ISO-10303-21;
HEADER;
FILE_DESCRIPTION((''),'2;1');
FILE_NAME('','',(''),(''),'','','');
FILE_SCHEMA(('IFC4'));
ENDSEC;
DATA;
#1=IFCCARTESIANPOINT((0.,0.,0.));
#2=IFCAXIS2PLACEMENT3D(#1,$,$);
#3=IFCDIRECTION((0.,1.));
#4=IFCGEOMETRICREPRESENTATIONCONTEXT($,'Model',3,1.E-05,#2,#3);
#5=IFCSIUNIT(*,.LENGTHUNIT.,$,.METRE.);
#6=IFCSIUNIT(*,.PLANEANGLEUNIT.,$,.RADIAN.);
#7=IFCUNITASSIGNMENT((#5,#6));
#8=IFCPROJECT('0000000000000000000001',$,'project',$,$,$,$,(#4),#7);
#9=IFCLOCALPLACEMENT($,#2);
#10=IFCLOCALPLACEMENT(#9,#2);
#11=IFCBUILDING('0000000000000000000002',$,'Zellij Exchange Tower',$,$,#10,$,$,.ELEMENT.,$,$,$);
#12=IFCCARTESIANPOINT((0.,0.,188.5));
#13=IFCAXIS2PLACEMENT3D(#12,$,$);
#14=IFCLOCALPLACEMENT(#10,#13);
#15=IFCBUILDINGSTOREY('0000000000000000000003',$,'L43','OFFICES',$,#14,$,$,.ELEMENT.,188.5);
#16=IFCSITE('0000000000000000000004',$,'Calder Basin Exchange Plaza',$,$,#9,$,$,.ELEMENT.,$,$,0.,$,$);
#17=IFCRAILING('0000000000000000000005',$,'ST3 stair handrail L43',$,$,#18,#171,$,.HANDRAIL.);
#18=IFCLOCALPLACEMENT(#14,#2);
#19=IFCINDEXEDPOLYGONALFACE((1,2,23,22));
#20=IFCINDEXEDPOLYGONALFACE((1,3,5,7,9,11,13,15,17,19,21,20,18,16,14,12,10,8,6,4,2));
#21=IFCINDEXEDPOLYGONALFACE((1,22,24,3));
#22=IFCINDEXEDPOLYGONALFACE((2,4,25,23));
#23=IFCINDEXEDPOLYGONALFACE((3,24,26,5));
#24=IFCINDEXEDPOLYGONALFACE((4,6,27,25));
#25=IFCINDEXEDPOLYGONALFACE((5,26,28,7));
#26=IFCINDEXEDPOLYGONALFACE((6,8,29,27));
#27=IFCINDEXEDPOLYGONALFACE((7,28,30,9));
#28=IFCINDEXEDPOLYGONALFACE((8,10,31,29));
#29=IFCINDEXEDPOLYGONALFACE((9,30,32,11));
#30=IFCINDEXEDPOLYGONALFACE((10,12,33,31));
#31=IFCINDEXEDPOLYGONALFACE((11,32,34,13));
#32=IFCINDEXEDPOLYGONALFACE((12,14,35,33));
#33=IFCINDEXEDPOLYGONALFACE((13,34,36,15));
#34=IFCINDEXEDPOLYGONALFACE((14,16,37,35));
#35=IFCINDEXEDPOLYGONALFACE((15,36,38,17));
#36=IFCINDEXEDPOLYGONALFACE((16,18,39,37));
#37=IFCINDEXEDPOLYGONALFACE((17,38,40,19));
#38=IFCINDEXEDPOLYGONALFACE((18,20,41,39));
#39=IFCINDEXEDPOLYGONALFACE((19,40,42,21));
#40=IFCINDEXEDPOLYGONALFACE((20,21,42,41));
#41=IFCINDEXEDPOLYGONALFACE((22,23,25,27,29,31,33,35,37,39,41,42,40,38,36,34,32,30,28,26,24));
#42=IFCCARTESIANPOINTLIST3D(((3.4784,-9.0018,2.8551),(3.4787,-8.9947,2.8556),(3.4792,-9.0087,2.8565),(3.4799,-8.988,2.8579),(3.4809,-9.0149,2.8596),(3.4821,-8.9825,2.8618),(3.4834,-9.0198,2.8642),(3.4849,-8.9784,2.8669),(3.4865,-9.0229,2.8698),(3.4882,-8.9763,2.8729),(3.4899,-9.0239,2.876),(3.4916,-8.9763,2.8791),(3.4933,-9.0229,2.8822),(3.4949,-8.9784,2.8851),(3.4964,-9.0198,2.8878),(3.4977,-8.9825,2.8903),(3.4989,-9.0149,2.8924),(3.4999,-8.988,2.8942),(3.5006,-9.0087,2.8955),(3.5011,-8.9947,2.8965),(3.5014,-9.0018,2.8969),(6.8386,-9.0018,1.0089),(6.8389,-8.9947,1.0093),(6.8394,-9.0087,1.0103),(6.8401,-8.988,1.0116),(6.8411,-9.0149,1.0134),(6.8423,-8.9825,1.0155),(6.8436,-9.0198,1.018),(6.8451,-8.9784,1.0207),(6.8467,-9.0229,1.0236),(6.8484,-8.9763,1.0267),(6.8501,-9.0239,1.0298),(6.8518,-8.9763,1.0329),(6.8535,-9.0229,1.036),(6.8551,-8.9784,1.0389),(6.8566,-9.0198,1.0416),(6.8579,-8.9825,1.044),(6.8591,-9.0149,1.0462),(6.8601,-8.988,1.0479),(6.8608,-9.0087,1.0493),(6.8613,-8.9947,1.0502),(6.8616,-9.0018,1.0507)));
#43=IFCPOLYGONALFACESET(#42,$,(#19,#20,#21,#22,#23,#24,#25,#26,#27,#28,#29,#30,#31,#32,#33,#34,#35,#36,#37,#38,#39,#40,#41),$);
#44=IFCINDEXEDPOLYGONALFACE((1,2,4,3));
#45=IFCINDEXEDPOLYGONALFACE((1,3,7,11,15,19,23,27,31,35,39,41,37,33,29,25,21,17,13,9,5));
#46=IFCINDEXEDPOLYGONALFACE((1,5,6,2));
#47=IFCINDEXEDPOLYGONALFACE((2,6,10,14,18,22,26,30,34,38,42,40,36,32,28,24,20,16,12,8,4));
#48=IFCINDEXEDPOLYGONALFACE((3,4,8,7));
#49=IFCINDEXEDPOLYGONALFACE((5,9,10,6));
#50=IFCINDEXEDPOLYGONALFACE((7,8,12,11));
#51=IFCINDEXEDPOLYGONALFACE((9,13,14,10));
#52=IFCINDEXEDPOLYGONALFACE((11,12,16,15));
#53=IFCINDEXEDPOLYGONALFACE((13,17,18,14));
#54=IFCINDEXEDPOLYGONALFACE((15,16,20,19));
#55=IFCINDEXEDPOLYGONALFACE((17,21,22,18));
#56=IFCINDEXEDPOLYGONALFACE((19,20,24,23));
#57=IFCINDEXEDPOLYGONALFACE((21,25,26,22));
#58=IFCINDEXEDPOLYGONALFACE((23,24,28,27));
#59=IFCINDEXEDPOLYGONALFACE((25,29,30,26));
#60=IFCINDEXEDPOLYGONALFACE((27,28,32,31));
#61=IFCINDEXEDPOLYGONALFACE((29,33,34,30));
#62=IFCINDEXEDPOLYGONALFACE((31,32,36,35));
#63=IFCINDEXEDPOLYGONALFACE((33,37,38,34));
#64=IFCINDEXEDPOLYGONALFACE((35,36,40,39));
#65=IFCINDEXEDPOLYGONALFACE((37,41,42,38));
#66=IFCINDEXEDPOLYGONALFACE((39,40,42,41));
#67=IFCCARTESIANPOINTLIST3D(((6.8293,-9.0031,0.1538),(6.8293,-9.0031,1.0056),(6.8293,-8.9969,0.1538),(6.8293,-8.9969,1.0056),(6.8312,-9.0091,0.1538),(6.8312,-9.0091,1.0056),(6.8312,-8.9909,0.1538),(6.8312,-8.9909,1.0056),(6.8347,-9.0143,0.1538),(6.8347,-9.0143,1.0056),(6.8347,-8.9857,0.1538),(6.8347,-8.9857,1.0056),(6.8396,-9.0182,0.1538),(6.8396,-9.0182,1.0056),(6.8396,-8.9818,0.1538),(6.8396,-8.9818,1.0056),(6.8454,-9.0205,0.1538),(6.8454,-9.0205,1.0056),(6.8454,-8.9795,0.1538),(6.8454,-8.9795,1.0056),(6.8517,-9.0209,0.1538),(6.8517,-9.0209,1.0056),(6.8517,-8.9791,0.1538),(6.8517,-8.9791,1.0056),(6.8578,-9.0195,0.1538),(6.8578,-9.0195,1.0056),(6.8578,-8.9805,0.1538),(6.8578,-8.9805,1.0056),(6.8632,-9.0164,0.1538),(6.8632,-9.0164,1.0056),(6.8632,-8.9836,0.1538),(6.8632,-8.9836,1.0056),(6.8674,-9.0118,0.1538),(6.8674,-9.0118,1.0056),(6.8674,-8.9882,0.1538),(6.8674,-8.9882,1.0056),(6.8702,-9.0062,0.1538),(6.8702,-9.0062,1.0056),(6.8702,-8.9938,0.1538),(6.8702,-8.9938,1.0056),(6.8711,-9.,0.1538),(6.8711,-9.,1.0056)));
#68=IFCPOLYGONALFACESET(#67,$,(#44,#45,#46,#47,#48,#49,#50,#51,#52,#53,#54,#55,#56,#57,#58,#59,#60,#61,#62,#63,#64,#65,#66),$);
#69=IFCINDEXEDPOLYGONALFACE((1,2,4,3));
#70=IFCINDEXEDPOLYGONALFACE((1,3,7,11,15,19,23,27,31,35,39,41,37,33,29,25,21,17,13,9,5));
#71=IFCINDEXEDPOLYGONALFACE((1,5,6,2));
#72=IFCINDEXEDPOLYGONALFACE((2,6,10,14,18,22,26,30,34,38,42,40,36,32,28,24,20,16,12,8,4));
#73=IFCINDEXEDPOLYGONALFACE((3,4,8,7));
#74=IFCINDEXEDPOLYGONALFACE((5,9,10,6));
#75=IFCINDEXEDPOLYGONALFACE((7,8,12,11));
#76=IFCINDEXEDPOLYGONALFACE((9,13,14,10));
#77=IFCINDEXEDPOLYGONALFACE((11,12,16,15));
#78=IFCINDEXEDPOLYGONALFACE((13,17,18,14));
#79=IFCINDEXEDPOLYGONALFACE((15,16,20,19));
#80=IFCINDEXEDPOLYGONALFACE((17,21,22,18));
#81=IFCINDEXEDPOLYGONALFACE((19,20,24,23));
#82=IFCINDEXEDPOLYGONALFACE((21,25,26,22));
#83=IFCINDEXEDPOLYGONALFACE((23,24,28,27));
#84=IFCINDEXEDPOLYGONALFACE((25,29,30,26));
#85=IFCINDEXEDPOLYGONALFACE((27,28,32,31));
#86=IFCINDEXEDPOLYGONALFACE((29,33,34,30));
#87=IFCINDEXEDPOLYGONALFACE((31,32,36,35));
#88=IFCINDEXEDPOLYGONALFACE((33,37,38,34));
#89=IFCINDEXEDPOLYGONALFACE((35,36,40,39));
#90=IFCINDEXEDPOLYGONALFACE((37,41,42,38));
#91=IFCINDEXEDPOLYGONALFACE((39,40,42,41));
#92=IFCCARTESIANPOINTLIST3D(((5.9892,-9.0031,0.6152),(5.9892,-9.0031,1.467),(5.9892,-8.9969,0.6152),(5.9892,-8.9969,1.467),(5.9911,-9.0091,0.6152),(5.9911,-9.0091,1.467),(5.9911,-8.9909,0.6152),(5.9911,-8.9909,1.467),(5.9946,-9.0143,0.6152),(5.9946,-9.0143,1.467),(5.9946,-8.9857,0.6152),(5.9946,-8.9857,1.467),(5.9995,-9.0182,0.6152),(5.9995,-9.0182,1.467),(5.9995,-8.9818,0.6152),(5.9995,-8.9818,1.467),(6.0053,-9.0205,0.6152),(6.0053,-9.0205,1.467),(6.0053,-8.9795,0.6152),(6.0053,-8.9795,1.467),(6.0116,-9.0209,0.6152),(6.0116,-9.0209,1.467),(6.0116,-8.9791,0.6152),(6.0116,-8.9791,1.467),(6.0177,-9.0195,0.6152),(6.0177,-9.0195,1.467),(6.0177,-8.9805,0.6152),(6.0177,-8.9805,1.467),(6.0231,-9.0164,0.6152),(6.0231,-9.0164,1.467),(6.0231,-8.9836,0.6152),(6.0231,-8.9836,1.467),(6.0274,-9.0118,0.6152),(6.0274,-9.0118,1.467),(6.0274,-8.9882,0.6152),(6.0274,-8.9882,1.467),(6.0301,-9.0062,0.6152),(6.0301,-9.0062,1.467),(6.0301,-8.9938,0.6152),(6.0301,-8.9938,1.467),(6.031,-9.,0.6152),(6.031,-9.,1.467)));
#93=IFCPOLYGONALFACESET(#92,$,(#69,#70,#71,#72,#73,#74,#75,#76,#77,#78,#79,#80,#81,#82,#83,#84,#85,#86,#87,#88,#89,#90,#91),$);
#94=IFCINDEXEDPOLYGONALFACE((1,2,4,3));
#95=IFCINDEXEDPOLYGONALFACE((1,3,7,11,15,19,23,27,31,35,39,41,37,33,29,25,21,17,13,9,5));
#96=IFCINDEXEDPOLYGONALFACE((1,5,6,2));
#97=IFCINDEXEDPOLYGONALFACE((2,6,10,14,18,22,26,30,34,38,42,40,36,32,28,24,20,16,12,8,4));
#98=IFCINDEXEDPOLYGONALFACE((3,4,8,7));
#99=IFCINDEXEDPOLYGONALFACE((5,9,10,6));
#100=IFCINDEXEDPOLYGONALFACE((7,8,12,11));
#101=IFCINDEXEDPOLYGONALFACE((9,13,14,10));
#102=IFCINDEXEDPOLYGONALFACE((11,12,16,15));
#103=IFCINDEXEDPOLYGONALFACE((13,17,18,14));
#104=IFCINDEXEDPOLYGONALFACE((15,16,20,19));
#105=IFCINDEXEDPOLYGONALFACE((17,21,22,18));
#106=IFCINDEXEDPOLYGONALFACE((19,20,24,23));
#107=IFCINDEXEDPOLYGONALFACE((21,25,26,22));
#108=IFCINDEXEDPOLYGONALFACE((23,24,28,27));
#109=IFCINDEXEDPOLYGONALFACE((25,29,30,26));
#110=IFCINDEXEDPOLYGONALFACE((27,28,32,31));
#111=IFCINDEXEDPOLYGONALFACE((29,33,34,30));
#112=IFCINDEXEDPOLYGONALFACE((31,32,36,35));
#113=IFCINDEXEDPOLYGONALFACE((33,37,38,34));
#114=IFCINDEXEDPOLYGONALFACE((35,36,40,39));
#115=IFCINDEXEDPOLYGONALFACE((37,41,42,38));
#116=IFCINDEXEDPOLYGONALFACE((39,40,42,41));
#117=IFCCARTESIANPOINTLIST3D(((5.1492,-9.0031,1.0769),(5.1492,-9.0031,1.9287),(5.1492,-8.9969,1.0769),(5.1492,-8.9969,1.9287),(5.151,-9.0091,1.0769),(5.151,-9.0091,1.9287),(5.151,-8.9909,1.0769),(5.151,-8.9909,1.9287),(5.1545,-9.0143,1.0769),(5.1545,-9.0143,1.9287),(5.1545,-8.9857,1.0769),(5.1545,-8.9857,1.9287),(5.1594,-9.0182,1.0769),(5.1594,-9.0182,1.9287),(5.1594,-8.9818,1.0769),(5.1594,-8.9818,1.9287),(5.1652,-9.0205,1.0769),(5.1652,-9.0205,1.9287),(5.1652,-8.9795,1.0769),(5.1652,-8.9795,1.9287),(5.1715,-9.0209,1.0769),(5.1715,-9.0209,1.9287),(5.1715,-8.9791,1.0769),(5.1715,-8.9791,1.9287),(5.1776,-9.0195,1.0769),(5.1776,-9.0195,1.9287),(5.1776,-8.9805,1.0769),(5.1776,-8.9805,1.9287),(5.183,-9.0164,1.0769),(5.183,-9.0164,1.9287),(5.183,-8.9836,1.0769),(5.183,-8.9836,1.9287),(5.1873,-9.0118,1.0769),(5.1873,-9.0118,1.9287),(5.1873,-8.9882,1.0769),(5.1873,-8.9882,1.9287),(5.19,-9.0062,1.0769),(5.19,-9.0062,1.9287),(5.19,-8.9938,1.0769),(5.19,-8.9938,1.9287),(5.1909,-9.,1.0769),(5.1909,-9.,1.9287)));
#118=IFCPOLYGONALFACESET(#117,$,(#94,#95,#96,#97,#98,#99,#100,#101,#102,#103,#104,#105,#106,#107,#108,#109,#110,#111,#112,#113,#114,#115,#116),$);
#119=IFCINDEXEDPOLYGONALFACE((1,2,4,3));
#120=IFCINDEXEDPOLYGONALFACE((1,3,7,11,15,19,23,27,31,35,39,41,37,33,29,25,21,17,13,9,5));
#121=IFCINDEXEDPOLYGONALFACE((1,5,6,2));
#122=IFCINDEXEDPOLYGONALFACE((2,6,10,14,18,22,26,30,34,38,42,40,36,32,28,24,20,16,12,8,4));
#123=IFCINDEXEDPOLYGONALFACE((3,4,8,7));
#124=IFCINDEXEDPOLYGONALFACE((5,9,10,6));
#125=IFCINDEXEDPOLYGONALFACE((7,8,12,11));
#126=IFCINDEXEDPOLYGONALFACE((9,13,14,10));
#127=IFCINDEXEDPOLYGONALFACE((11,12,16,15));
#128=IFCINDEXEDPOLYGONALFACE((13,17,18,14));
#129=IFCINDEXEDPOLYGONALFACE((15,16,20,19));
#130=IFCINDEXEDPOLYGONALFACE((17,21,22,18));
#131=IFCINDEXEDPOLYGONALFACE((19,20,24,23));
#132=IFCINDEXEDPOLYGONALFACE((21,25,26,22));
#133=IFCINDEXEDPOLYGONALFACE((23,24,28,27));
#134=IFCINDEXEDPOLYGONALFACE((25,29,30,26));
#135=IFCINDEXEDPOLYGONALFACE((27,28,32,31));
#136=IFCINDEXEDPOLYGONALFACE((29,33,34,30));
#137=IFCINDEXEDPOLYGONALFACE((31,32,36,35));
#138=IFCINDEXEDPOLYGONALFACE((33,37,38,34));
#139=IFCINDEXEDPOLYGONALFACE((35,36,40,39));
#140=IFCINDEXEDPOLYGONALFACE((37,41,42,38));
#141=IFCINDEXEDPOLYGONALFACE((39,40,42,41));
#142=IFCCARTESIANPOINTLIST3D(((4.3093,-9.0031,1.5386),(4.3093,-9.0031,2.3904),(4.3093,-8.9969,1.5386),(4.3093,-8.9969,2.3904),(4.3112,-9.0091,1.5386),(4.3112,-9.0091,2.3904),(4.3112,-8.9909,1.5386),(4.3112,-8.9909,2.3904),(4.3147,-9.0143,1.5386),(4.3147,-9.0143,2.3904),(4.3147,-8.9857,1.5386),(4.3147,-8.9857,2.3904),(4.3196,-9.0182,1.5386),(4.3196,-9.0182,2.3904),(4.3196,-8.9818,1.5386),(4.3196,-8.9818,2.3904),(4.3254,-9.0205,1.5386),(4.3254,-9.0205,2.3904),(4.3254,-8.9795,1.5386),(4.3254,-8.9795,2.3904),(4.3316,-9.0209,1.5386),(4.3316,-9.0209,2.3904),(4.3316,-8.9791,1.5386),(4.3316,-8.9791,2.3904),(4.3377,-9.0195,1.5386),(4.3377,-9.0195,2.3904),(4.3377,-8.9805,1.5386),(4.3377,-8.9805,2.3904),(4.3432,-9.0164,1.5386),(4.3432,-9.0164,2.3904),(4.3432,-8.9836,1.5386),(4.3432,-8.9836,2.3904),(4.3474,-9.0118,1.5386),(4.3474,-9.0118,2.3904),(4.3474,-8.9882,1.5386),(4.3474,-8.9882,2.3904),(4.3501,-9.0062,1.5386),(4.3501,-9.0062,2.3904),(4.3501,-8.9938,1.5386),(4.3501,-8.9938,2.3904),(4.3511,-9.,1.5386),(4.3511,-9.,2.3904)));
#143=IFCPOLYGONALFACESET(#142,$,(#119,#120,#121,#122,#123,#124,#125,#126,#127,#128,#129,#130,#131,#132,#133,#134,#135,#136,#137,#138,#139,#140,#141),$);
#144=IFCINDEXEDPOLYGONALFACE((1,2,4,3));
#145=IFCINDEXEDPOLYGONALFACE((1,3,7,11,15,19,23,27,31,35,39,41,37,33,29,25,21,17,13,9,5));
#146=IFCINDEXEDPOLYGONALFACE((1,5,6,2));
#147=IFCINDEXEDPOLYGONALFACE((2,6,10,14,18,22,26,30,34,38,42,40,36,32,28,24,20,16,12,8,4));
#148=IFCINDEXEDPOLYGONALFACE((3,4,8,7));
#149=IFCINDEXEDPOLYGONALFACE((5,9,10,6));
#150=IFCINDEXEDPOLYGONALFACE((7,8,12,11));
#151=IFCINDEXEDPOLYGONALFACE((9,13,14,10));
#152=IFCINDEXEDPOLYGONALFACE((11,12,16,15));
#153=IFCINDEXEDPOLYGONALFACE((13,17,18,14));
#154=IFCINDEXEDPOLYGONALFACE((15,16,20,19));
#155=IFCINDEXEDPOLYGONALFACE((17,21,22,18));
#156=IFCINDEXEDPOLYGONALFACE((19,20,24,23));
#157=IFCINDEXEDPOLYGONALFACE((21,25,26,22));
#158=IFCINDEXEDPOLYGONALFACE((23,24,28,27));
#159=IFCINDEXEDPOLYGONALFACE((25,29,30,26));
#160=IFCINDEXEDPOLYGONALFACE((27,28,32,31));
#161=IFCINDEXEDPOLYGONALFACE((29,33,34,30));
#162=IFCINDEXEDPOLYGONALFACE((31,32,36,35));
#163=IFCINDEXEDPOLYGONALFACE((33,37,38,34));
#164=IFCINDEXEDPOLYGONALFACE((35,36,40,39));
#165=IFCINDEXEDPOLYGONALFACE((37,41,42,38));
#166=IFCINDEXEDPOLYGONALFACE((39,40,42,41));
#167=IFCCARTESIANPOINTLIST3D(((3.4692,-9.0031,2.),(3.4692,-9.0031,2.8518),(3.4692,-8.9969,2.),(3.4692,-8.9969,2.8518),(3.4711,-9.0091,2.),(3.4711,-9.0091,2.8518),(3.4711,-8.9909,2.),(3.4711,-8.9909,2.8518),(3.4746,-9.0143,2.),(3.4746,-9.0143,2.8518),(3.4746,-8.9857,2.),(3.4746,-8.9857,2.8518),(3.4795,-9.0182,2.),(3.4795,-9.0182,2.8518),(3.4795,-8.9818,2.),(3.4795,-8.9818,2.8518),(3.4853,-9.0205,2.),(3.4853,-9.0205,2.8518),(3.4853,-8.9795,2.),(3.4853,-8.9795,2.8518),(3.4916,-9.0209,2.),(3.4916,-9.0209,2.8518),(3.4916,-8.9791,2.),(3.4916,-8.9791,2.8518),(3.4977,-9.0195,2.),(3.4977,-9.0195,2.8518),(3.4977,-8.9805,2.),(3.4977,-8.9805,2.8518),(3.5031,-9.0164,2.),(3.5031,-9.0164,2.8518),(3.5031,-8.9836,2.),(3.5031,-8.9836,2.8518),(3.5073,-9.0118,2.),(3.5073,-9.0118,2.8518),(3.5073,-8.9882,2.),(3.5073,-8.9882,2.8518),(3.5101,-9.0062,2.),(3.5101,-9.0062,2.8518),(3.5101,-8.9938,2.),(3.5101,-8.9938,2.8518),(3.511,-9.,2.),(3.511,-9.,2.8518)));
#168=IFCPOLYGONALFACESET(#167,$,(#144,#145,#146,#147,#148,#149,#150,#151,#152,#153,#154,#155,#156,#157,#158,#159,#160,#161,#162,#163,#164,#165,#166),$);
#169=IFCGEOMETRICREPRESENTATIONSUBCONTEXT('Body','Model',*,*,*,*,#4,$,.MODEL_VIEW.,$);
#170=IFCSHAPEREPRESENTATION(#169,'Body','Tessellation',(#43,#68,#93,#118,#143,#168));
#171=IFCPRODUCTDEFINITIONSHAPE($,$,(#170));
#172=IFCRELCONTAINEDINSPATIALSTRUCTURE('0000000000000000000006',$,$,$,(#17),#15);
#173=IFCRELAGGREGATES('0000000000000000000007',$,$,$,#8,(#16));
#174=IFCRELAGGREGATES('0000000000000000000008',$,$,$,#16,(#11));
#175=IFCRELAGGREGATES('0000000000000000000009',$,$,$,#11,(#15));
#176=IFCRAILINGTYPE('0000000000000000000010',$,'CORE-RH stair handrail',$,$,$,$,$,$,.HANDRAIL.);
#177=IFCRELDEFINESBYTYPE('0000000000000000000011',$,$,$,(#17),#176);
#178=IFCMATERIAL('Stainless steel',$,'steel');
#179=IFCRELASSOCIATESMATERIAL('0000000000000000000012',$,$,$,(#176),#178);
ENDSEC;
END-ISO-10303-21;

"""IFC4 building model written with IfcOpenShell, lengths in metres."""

from ifc_helpers import new_model, si_unit, direction, frame, origin, origin_2d, place, context, subcontext, project, spatial, circle, extrude, material, type_object, element, save


model = new_model("IFC4")

# Units and contexts
model_context = context("Model", 3, precision=1e-05, world=origin(), true_north=direction((0.0, 1.0)))
body_context = subcontext(model_context, "Body", "Model", "MODEL_VIEW")
ifc_project = project(units=[si_unit("LENGTHUNIT", "METRE"), si_unit("PLANEANGLEUNIT", "RADIAN")], contexts=[model_context])

# Site, building, storey
site_placement = place(None, origin())
site = spatial("IfcSite", under=ifc_project, at=site_placement, Name="Calder Basin Exchange Plaza", CompositionType="ELEMENT", RefElevation=0.0)
building_placement = place(site_placement, origin())
building = spatial("IfcBuilding", under=site, at=building_placement, Name="Zellij Exchange Tower", CompositionType="ELEMENT")
storey_placement = place(building_placement, frame((0.0, 0.0, 188.5)))
storey = spatial("IfcBuildingStorey", under=building, at=storey_placement, Name="L43", Description="OFFICES", CompositionType="ELEMENT", Elevation=188.5)

# Railing
ifc_material_1 = material(Name="Stainless steel", Category="steel")
railing_type_1 = type_object("IfcRailingType", Name="CORE-RH stair handrail", PredefinedType="HANDRAIL", material=ifc_material_1)
railing_1_placement = place(storey_placement, frame((6.8501, -9.0, 0.1538)))
element("IfcRailing", 1, at=railing_1_placement, inside=storey, type_object=railing_type_1, Name="ST3 stair handrail L43", PredefinedType="HANDRAIL", context=body_context, shape_type="SweptSolid", body=[
    extrude(circle(Radius=0.0239, at=origin_2d()), frame((0.0, 0.0, 0.876), z_axis=(-0.876422, 0.0, 0.481545), x_axis=(0.0, -1.0, 0.0)), (0.0, 0.0, 1.0), 3.834),
    extrude(circle(Radius=0.021, at=origin_2d()), origin(), (0.0, 0.0, 1.0), 0.8518),
    extrude(circle(Radius=0.021, at=origin_2d()), frame((-0.8401, 0.0, 0.4614)), (0.0, 0.0, 1.0), 0.8518),
    extrude(circle(Radius=0.021, at=origin_2d()), frame((-1.6802, 0.0, 0.9231)), (0.0, 0.0, 1.0), 0.8518),
    extrude(circle(Radius=0.021, at=origin_2d()), frame((-2.52, 0.0, 1.3848)), (0.0, 0.0, 1.0), 0.8518),
    extrude(circle(Radius=0.021, at=origin_2d()), frame((-3.3601, 0.0, 1.8462)), (0.0, 0.0, 1.0), 0.8518),
])

save(model, "model.ifc")
